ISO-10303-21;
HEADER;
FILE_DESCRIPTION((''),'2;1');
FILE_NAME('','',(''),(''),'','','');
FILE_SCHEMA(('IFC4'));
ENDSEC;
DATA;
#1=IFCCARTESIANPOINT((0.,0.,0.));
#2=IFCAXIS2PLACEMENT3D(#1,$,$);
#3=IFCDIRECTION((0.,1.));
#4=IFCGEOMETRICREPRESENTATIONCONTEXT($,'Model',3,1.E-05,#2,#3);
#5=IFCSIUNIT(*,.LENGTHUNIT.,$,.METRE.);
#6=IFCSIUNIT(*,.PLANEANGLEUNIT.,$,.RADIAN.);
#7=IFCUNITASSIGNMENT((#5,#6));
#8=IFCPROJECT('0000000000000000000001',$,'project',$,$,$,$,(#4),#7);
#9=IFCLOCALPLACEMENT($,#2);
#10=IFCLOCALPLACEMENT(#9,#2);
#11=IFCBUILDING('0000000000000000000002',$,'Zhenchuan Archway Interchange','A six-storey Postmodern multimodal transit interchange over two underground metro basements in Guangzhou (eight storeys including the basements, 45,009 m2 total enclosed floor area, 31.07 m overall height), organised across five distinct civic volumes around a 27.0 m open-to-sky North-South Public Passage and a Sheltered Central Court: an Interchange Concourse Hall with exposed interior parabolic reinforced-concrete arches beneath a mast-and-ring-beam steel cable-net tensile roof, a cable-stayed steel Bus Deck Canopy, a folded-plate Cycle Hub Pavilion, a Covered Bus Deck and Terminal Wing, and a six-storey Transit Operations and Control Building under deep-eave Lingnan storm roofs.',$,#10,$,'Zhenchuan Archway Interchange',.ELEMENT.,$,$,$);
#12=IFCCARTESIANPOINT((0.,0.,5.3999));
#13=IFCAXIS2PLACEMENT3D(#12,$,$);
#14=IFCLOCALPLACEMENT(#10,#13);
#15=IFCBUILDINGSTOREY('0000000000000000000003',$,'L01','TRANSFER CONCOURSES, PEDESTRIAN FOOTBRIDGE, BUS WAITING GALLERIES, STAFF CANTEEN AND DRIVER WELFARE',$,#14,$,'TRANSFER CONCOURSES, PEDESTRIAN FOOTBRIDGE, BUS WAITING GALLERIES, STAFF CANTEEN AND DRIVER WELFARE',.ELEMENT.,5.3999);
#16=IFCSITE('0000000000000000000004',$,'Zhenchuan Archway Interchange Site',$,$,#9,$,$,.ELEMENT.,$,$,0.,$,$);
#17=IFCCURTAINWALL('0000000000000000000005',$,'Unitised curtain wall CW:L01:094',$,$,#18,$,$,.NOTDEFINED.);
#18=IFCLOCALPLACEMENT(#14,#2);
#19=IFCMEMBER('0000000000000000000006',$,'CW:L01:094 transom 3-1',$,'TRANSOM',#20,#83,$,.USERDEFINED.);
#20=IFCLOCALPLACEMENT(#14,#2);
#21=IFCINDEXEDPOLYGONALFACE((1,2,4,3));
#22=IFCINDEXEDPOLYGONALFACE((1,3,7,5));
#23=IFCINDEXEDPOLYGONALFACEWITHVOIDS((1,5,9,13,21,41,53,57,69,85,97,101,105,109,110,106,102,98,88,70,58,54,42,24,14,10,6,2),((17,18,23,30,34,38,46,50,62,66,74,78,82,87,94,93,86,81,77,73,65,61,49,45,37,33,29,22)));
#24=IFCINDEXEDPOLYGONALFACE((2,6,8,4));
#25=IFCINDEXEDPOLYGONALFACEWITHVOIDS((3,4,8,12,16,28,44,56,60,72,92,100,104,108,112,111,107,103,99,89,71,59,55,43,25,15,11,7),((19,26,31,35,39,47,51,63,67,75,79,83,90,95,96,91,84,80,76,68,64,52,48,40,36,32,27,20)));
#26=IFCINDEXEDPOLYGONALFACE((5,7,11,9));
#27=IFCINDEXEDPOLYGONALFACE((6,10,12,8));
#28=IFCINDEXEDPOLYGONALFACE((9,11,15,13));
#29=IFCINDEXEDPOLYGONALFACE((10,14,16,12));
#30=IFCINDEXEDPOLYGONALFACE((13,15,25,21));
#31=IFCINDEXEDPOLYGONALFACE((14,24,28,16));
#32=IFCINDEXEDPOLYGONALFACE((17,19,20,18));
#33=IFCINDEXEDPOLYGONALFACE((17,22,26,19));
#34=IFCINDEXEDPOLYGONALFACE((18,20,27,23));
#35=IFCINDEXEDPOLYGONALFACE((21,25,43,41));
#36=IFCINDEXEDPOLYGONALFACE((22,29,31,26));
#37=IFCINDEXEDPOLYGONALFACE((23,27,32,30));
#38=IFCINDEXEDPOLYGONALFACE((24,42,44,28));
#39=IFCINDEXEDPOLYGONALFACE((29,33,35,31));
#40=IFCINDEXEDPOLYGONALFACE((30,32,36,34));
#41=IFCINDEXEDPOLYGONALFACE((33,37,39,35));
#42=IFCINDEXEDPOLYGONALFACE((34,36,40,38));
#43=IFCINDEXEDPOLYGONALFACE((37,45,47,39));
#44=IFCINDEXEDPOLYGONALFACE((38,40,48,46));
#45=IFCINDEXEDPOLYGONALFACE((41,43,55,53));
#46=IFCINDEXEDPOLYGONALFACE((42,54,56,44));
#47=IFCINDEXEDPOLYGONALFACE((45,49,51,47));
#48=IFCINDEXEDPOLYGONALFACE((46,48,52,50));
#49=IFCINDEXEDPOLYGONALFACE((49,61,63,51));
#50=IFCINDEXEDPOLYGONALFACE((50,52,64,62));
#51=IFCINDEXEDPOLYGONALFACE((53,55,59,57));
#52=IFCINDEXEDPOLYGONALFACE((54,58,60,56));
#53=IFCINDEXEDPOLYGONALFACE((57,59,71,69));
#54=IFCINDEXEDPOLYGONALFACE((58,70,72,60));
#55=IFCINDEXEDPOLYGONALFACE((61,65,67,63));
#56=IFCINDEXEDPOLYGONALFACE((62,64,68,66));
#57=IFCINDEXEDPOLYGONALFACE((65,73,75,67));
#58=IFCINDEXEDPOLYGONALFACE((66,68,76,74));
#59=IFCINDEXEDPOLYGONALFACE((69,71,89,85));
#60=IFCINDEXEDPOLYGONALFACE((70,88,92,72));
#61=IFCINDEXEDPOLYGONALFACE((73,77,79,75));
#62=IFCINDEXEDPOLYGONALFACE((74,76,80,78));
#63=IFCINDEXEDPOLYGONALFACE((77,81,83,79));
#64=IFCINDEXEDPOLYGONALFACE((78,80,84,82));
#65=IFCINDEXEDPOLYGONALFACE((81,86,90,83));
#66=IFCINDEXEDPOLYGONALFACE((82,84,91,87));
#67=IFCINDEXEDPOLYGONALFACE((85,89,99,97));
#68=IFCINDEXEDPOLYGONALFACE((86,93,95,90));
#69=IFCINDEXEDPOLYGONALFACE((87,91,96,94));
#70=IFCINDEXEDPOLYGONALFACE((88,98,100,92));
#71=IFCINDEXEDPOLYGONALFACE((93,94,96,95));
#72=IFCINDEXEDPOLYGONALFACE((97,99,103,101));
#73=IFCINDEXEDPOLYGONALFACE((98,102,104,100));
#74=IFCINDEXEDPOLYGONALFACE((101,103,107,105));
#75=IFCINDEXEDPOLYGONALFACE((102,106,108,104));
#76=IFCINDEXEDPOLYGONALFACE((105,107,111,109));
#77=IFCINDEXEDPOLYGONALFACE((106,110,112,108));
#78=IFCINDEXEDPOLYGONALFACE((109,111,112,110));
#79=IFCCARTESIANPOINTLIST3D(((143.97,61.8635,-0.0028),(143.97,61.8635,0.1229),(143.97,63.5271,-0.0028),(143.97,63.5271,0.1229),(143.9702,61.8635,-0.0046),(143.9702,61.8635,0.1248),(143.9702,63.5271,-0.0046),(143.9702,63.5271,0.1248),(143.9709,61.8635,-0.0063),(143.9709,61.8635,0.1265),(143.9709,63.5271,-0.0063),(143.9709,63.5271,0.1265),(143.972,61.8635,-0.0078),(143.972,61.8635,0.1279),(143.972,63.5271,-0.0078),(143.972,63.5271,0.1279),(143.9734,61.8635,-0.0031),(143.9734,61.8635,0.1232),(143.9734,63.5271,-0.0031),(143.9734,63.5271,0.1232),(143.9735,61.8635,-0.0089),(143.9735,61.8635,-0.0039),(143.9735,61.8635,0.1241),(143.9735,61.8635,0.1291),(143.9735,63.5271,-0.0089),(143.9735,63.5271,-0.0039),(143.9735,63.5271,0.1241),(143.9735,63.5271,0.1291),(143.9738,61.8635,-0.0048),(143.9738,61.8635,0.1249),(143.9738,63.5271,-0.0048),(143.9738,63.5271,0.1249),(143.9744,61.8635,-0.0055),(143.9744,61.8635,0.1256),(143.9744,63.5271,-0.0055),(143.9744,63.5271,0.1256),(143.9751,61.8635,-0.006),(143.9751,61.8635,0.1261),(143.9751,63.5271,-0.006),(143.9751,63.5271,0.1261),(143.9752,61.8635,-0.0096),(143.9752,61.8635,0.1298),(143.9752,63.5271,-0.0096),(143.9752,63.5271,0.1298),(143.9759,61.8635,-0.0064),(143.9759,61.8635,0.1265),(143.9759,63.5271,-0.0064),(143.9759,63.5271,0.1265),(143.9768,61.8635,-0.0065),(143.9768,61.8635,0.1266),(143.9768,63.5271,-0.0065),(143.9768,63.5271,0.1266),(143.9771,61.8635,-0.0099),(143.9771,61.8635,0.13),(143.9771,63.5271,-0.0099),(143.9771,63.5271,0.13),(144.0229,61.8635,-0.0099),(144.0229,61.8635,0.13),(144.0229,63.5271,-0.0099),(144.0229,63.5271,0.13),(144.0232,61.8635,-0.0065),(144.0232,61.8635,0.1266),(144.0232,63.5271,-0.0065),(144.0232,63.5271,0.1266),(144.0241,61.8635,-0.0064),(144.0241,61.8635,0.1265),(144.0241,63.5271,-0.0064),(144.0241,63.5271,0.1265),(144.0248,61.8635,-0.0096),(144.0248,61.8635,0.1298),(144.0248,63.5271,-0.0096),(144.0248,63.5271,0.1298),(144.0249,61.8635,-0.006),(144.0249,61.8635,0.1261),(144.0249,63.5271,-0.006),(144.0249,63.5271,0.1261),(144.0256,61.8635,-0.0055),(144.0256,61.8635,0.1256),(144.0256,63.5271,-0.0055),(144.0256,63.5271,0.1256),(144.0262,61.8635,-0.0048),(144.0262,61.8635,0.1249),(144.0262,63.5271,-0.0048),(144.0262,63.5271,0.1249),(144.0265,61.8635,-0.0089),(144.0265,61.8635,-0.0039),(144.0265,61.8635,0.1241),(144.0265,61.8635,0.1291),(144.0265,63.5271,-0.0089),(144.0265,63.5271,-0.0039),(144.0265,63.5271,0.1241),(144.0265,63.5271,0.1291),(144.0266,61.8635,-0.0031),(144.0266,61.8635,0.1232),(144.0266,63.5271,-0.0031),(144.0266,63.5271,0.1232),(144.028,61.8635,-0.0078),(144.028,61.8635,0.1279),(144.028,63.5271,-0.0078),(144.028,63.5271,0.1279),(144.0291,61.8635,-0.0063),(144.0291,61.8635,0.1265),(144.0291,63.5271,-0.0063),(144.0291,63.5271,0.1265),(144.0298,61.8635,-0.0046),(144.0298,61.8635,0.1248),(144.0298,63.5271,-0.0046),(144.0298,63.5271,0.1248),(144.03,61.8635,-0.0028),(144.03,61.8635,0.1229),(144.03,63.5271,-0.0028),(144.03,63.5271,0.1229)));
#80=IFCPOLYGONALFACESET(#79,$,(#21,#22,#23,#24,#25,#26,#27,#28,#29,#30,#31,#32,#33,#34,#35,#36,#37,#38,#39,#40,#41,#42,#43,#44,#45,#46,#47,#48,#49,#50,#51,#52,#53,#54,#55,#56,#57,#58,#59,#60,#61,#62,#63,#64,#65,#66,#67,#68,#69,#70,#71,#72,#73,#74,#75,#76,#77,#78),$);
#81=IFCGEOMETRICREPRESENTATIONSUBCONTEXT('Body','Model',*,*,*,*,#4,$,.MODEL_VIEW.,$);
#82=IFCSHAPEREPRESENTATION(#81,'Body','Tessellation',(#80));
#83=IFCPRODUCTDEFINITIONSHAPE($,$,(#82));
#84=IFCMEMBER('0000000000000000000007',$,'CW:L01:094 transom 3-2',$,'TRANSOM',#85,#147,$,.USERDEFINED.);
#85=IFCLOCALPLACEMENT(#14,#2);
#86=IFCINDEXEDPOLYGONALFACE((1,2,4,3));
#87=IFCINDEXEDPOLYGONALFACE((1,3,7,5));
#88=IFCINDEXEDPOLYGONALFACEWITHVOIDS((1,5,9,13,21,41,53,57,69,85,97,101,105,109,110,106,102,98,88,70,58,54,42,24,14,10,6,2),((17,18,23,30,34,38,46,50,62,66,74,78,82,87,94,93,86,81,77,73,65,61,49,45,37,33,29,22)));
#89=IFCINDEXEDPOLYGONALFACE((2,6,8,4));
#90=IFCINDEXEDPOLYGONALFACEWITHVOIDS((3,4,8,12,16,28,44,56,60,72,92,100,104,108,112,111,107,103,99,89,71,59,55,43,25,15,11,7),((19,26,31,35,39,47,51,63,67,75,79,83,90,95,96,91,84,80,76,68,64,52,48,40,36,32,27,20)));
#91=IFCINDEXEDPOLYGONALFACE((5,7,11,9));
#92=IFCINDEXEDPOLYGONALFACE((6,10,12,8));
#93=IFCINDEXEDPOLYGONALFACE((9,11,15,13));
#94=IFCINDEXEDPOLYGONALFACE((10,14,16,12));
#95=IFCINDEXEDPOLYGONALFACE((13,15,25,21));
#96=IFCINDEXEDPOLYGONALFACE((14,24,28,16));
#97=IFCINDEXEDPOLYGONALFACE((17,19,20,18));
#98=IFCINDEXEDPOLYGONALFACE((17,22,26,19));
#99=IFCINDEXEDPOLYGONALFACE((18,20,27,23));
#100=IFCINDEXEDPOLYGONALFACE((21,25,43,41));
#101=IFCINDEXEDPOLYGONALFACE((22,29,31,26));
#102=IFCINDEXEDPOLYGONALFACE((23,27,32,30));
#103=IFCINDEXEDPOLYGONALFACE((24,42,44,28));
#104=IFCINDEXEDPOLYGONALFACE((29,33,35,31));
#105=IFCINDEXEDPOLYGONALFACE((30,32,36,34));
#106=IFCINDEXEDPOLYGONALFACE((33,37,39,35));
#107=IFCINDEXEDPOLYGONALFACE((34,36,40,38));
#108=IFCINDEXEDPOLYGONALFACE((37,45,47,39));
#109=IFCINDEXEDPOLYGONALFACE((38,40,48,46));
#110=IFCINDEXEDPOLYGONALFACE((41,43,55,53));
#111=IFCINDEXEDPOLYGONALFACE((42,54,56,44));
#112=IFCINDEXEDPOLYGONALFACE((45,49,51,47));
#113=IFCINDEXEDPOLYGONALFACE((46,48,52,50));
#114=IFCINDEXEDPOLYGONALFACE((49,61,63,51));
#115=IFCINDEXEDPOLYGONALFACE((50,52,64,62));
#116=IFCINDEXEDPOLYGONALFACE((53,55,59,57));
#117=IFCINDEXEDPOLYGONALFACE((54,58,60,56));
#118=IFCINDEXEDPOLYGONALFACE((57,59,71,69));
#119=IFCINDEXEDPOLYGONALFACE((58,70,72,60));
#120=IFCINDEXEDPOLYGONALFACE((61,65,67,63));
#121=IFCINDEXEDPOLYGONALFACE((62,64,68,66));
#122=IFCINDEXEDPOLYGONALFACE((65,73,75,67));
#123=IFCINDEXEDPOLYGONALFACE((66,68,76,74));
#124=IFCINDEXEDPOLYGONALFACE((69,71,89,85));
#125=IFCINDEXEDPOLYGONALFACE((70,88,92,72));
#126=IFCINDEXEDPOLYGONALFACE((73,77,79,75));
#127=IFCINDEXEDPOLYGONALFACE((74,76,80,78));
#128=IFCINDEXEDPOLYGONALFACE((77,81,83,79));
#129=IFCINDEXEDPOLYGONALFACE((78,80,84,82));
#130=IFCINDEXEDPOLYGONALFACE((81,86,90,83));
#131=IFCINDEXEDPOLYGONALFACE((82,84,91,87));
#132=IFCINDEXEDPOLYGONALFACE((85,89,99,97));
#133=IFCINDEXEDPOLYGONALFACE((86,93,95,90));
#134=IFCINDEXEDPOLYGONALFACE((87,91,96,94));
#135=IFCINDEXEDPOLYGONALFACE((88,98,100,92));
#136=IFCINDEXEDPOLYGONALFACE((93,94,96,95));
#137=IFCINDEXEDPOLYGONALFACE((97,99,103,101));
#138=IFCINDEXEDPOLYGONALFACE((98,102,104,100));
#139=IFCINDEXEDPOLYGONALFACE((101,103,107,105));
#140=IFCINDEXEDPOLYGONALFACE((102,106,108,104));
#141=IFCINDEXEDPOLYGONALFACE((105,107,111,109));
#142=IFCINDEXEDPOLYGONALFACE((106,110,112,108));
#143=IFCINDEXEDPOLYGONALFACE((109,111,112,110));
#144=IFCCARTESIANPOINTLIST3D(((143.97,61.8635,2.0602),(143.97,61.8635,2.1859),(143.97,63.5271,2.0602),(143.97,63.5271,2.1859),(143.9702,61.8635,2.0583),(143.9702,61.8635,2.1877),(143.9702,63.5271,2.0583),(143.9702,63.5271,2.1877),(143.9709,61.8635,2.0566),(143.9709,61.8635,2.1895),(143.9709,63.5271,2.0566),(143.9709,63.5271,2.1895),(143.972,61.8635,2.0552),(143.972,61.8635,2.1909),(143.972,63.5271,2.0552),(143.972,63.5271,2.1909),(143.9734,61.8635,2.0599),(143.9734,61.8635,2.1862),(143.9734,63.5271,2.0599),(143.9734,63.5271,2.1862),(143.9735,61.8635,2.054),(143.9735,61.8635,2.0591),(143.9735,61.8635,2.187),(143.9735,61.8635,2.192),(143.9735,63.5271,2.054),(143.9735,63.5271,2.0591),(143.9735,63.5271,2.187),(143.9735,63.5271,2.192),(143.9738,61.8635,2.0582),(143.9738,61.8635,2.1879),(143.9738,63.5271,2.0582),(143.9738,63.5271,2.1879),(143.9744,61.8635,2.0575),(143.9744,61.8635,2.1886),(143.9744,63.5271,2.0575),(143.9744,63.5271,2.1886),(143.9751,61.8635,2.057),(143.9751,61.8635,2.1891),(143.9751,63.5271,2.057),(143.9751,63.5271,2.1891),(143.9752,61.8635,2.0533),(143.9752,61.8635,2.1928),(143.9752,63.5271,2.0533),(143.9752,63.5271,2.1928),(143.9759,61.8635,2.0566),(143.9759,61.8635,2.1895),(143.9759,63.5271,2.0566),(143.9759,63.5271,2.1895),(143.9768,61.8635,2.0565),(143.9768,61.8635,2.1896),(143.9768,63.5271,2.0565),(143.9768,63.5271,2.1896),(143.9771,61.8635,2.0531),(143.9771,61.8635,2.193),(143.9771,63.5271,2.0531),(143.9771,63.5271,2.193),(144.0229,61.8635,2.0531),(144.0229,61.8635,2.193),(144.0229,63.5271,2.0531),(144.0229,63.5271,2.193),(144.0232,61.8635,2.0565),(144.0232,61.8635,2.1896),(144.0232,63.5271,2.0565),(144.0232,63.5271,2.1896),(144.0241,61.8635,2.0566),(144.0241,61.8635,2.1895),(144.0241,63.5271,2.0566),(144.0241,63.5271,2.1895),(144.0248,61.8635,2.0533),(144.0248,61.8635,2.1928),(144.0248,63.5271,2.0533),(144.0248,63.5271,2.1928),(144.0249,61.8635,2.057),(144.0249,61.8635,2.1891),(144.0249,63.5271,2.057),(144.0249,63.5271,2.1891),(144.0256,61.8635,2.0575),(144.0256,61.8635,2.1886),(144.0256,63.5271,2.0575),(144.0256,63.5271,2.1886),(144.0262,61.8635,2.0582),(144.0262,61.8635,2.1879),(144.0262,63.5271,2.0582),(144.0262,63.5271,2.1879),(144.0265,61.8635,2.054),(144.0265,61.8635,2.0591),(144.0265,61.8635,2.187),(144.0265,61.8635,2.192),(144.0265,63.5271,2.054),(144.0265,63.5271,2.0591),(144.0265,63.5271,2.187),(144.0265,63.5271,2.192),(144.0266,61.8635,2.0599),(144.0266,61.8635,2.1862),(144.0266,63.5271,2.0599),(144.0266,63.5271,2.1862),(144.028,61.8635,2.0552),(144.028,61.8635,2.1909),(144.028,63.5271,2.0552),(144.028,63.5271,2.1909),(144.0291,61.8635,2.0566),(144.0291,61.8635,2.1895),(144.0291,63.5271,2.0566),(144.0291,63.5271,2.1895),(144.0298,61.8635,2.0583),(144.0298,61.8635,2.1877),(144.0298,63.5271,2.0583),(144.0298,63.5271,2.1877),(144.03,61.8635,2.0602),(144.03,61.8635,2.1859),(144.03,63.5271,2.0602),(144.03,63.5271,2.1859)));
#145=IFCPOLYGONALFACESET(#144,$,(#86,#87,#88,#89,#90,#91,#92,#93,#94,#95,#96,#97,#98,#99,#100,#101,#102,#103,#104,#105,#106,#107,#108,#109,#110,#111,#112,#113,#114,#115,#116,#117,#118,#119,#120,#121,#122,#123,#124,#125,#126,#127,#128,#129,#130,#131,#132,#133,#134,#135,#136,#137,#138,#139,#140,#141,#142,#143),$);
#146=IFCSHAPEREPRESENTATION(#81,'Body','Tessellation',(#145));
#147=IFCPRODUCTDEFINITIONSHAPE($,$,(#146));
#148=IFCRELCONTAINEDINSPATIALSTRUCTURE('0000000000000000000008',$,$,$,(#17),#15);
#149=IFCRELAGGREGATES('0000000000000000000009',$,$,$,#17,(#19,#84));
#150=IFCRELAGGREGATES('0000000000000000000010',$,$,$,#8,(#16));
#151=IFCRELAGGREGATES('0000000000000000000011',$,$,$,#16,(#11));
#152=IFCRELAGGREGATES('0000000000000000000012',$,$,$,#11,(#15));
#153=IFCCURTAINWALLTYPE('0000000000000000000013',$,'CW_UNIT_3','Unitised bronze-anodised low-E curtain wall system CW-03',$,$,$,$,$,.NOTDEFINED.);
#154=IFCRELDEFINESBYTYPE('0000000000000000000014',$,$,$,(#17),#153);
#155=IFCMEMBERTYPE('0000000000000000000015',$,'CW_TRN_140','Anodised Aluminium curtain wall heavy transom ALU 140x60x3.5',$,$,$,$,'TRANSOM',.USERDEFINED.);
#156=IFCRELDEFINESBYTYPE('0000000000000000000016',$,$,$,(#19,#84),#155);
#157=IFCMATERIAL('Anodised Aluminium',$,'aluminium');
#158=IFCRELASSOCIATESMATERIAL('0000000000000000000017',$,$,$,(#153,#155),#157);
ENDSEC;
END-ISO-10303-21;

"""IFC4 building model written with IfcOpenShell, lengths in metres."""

from ifc_helpers import new_model, si_unit, direction, frame, origin, origin_2d, place, context, subcontext, project, spatial, hollow_rectangle, extrude, material, material_profile, profile_set, type_object, element, aggregate, save


model = new_model("IFC4")

# Units and contexts
model_context = context("Model", 3, precision=1e-05, world=origin(), true_north=direction((0.0, 1.0)))
body_context = subcontext(model_context, "Body", "Model", "MODEL_VIEW")
ifc_project = project(units=[si_unit("LENGTHUNIT", "METRE"), si_unit("PLANEANGLEUNIT", "RADIAN")], contexts=[model_context])

# Site, building, storey
site_placement = place(None, origin())
site = spatial("IfcSite", under=ifc_project, at=site_placement, Name="Zhenchuan Archway Interchange Site", CompositionType="ELEMENT", RefElevation=0.0)
building_placement = place(site_placement, origin())
building = spatial("IfcBuilding", under=site, at=building_placement, Name="Zhenchuan Archway Interchange", Description="A six-storey Postmodern multimodal transit interchange over two underground metro basements in Guangzhou (eight storeys including the basements, 45,009 m2 total enclosed floor area, 31.07 m overall height), organised across five distinct civic volumes around a 27.0 m open-to-sky North-South Public Passage and a Sheltered Central Court: an Interchange Concourse Hall with exposed interior parabolic reinforced-concrete arches beneath a mast-and-ring-beam steel cable-net tensile roof, a cable-stayed steel Bus Deck Canopy, a folded-plate Cycle Hub Pavilion, a Covered Bus Deck and Terminal Wing, and a six-storey Transit Operations and Control Building under deep-eave Lingnan storm roofs.", LongName="Zhenchuan Archway Interchange", CompositionType="ELEMENT")
storey_placement = place(building_placement, frame((0.0, 0.0, 5.3999)))
storey = spatial("IfcBuildingStorey", under=building, at=storey_placement, Name="L01", Description="TRANSFER CONCOURSES, PEDESTRIAN FOOTBRIDGE, BUS WAITING GALLERIES, STAFF CANTEEN AND DRIVER WELFARE", LongName="TRANSFER CONCOURSES, PEDESTRIAN FOOTBRIDGE, BUS WAITING GALLERIES, STAFF CANTEEN AND DRIVER WELFARE", CompositionType="ELEMENT", Elevation=5.3999)

# Curtain wall, members
ifc_material_1 = material(Name="Anodised Aluminium", Category="aluminium")
curtain_wall_type = type_object("IfcCurtainWallType", Name="CW_UNIT_3", Description="Unitised bronze-anodised low-E curtain wall system CW-03", PredefinedType="NOTDEFINED", material=ifc_material_1)
curtain_wall_placement = place(storey_placement, origin())
curtain_wall = element("IfcCurtainWall", 1, at=curtain_wall_placement, inside=storey, type_object=curtain_wall_type, Name="Unitised curtain wall CW:L01:094", PredefinedType="NOTDEFINED")
ifc_material_profile_1 = material_profile(ifc_material_1, hollow_rectangle(XDim=0.0601, YDim=0.1399, WallThickness=0.0034, InnerFilletRadius=0.0034, OuterFilletRadius=0.0071, at=origin_2d()), Name="ALU 140x60x3.5")
ifc_profile_set_1 = profile_set([ifc_material_profile_1], Name="Anodised Aluminium")
member_type_1 = type_object("IfcMemberType", Name="CW_TRN_140", Description="Anodised Aluminium curtain wall heavy transom ALU 140x60x3.5", ElementType="TRANSOM", PredefinedType="USERDEFINED", material=ifc_profile_set_1)
member_1_placement = place(storey_placement, frame((144.0, 61.8635, 0.0601), z_axis=(0.0, 1.0, 0.0), x_axis=(-1.0, 0.0, 0.0)))
member_1 = element("IfcMember", 2, at=member_1_placement, type_object=member_type_1, Name="CW:L01:094 transom 3-1", ObjectType="TRANSOM", PredefinedType="USERDEFINED", context=body_context, shape_type="SweptSolid", body=[
    extrude(hollow_rectangle(XDim=0.0601, YDim=0.1399, WallThickness=0.0034, InnerFilletRadius=0.0034, OuterFilletRadius=0.0071, at=origin_2d()), origin(), (0.0, 0.0, 1.0), 1.6636),
])
member_2_placement = place(storey_placement, frame((144.0, 61.8635, 2.123), z_axis=(0.0, 1.0, 0.0), x_axis=(-1.0, 0.0, 0.0)))
member_2 = element("IfcMember", 3, at=member_2_placement, type_object=member_type_1, Name="CW:L01:094 transom 3-2", ObjectType="TRANSOM", PredefinedType="USERDEFINED", context=body_context, shape_type="SweptSolid", body=[
    extrude(hollow_rectangle(XDim=0.0601, YDim=0.1399, WallThickness=0.0034, InnerFilletRadius=0.0034, OuterFilletRadius=0.0071, at=origin_2d()), origin(), (0.0, 0.0, 1.0), 1.6636),
])

aggregate(curtain_wall, [member_1, member_2])

save(model, "model.ifc")
